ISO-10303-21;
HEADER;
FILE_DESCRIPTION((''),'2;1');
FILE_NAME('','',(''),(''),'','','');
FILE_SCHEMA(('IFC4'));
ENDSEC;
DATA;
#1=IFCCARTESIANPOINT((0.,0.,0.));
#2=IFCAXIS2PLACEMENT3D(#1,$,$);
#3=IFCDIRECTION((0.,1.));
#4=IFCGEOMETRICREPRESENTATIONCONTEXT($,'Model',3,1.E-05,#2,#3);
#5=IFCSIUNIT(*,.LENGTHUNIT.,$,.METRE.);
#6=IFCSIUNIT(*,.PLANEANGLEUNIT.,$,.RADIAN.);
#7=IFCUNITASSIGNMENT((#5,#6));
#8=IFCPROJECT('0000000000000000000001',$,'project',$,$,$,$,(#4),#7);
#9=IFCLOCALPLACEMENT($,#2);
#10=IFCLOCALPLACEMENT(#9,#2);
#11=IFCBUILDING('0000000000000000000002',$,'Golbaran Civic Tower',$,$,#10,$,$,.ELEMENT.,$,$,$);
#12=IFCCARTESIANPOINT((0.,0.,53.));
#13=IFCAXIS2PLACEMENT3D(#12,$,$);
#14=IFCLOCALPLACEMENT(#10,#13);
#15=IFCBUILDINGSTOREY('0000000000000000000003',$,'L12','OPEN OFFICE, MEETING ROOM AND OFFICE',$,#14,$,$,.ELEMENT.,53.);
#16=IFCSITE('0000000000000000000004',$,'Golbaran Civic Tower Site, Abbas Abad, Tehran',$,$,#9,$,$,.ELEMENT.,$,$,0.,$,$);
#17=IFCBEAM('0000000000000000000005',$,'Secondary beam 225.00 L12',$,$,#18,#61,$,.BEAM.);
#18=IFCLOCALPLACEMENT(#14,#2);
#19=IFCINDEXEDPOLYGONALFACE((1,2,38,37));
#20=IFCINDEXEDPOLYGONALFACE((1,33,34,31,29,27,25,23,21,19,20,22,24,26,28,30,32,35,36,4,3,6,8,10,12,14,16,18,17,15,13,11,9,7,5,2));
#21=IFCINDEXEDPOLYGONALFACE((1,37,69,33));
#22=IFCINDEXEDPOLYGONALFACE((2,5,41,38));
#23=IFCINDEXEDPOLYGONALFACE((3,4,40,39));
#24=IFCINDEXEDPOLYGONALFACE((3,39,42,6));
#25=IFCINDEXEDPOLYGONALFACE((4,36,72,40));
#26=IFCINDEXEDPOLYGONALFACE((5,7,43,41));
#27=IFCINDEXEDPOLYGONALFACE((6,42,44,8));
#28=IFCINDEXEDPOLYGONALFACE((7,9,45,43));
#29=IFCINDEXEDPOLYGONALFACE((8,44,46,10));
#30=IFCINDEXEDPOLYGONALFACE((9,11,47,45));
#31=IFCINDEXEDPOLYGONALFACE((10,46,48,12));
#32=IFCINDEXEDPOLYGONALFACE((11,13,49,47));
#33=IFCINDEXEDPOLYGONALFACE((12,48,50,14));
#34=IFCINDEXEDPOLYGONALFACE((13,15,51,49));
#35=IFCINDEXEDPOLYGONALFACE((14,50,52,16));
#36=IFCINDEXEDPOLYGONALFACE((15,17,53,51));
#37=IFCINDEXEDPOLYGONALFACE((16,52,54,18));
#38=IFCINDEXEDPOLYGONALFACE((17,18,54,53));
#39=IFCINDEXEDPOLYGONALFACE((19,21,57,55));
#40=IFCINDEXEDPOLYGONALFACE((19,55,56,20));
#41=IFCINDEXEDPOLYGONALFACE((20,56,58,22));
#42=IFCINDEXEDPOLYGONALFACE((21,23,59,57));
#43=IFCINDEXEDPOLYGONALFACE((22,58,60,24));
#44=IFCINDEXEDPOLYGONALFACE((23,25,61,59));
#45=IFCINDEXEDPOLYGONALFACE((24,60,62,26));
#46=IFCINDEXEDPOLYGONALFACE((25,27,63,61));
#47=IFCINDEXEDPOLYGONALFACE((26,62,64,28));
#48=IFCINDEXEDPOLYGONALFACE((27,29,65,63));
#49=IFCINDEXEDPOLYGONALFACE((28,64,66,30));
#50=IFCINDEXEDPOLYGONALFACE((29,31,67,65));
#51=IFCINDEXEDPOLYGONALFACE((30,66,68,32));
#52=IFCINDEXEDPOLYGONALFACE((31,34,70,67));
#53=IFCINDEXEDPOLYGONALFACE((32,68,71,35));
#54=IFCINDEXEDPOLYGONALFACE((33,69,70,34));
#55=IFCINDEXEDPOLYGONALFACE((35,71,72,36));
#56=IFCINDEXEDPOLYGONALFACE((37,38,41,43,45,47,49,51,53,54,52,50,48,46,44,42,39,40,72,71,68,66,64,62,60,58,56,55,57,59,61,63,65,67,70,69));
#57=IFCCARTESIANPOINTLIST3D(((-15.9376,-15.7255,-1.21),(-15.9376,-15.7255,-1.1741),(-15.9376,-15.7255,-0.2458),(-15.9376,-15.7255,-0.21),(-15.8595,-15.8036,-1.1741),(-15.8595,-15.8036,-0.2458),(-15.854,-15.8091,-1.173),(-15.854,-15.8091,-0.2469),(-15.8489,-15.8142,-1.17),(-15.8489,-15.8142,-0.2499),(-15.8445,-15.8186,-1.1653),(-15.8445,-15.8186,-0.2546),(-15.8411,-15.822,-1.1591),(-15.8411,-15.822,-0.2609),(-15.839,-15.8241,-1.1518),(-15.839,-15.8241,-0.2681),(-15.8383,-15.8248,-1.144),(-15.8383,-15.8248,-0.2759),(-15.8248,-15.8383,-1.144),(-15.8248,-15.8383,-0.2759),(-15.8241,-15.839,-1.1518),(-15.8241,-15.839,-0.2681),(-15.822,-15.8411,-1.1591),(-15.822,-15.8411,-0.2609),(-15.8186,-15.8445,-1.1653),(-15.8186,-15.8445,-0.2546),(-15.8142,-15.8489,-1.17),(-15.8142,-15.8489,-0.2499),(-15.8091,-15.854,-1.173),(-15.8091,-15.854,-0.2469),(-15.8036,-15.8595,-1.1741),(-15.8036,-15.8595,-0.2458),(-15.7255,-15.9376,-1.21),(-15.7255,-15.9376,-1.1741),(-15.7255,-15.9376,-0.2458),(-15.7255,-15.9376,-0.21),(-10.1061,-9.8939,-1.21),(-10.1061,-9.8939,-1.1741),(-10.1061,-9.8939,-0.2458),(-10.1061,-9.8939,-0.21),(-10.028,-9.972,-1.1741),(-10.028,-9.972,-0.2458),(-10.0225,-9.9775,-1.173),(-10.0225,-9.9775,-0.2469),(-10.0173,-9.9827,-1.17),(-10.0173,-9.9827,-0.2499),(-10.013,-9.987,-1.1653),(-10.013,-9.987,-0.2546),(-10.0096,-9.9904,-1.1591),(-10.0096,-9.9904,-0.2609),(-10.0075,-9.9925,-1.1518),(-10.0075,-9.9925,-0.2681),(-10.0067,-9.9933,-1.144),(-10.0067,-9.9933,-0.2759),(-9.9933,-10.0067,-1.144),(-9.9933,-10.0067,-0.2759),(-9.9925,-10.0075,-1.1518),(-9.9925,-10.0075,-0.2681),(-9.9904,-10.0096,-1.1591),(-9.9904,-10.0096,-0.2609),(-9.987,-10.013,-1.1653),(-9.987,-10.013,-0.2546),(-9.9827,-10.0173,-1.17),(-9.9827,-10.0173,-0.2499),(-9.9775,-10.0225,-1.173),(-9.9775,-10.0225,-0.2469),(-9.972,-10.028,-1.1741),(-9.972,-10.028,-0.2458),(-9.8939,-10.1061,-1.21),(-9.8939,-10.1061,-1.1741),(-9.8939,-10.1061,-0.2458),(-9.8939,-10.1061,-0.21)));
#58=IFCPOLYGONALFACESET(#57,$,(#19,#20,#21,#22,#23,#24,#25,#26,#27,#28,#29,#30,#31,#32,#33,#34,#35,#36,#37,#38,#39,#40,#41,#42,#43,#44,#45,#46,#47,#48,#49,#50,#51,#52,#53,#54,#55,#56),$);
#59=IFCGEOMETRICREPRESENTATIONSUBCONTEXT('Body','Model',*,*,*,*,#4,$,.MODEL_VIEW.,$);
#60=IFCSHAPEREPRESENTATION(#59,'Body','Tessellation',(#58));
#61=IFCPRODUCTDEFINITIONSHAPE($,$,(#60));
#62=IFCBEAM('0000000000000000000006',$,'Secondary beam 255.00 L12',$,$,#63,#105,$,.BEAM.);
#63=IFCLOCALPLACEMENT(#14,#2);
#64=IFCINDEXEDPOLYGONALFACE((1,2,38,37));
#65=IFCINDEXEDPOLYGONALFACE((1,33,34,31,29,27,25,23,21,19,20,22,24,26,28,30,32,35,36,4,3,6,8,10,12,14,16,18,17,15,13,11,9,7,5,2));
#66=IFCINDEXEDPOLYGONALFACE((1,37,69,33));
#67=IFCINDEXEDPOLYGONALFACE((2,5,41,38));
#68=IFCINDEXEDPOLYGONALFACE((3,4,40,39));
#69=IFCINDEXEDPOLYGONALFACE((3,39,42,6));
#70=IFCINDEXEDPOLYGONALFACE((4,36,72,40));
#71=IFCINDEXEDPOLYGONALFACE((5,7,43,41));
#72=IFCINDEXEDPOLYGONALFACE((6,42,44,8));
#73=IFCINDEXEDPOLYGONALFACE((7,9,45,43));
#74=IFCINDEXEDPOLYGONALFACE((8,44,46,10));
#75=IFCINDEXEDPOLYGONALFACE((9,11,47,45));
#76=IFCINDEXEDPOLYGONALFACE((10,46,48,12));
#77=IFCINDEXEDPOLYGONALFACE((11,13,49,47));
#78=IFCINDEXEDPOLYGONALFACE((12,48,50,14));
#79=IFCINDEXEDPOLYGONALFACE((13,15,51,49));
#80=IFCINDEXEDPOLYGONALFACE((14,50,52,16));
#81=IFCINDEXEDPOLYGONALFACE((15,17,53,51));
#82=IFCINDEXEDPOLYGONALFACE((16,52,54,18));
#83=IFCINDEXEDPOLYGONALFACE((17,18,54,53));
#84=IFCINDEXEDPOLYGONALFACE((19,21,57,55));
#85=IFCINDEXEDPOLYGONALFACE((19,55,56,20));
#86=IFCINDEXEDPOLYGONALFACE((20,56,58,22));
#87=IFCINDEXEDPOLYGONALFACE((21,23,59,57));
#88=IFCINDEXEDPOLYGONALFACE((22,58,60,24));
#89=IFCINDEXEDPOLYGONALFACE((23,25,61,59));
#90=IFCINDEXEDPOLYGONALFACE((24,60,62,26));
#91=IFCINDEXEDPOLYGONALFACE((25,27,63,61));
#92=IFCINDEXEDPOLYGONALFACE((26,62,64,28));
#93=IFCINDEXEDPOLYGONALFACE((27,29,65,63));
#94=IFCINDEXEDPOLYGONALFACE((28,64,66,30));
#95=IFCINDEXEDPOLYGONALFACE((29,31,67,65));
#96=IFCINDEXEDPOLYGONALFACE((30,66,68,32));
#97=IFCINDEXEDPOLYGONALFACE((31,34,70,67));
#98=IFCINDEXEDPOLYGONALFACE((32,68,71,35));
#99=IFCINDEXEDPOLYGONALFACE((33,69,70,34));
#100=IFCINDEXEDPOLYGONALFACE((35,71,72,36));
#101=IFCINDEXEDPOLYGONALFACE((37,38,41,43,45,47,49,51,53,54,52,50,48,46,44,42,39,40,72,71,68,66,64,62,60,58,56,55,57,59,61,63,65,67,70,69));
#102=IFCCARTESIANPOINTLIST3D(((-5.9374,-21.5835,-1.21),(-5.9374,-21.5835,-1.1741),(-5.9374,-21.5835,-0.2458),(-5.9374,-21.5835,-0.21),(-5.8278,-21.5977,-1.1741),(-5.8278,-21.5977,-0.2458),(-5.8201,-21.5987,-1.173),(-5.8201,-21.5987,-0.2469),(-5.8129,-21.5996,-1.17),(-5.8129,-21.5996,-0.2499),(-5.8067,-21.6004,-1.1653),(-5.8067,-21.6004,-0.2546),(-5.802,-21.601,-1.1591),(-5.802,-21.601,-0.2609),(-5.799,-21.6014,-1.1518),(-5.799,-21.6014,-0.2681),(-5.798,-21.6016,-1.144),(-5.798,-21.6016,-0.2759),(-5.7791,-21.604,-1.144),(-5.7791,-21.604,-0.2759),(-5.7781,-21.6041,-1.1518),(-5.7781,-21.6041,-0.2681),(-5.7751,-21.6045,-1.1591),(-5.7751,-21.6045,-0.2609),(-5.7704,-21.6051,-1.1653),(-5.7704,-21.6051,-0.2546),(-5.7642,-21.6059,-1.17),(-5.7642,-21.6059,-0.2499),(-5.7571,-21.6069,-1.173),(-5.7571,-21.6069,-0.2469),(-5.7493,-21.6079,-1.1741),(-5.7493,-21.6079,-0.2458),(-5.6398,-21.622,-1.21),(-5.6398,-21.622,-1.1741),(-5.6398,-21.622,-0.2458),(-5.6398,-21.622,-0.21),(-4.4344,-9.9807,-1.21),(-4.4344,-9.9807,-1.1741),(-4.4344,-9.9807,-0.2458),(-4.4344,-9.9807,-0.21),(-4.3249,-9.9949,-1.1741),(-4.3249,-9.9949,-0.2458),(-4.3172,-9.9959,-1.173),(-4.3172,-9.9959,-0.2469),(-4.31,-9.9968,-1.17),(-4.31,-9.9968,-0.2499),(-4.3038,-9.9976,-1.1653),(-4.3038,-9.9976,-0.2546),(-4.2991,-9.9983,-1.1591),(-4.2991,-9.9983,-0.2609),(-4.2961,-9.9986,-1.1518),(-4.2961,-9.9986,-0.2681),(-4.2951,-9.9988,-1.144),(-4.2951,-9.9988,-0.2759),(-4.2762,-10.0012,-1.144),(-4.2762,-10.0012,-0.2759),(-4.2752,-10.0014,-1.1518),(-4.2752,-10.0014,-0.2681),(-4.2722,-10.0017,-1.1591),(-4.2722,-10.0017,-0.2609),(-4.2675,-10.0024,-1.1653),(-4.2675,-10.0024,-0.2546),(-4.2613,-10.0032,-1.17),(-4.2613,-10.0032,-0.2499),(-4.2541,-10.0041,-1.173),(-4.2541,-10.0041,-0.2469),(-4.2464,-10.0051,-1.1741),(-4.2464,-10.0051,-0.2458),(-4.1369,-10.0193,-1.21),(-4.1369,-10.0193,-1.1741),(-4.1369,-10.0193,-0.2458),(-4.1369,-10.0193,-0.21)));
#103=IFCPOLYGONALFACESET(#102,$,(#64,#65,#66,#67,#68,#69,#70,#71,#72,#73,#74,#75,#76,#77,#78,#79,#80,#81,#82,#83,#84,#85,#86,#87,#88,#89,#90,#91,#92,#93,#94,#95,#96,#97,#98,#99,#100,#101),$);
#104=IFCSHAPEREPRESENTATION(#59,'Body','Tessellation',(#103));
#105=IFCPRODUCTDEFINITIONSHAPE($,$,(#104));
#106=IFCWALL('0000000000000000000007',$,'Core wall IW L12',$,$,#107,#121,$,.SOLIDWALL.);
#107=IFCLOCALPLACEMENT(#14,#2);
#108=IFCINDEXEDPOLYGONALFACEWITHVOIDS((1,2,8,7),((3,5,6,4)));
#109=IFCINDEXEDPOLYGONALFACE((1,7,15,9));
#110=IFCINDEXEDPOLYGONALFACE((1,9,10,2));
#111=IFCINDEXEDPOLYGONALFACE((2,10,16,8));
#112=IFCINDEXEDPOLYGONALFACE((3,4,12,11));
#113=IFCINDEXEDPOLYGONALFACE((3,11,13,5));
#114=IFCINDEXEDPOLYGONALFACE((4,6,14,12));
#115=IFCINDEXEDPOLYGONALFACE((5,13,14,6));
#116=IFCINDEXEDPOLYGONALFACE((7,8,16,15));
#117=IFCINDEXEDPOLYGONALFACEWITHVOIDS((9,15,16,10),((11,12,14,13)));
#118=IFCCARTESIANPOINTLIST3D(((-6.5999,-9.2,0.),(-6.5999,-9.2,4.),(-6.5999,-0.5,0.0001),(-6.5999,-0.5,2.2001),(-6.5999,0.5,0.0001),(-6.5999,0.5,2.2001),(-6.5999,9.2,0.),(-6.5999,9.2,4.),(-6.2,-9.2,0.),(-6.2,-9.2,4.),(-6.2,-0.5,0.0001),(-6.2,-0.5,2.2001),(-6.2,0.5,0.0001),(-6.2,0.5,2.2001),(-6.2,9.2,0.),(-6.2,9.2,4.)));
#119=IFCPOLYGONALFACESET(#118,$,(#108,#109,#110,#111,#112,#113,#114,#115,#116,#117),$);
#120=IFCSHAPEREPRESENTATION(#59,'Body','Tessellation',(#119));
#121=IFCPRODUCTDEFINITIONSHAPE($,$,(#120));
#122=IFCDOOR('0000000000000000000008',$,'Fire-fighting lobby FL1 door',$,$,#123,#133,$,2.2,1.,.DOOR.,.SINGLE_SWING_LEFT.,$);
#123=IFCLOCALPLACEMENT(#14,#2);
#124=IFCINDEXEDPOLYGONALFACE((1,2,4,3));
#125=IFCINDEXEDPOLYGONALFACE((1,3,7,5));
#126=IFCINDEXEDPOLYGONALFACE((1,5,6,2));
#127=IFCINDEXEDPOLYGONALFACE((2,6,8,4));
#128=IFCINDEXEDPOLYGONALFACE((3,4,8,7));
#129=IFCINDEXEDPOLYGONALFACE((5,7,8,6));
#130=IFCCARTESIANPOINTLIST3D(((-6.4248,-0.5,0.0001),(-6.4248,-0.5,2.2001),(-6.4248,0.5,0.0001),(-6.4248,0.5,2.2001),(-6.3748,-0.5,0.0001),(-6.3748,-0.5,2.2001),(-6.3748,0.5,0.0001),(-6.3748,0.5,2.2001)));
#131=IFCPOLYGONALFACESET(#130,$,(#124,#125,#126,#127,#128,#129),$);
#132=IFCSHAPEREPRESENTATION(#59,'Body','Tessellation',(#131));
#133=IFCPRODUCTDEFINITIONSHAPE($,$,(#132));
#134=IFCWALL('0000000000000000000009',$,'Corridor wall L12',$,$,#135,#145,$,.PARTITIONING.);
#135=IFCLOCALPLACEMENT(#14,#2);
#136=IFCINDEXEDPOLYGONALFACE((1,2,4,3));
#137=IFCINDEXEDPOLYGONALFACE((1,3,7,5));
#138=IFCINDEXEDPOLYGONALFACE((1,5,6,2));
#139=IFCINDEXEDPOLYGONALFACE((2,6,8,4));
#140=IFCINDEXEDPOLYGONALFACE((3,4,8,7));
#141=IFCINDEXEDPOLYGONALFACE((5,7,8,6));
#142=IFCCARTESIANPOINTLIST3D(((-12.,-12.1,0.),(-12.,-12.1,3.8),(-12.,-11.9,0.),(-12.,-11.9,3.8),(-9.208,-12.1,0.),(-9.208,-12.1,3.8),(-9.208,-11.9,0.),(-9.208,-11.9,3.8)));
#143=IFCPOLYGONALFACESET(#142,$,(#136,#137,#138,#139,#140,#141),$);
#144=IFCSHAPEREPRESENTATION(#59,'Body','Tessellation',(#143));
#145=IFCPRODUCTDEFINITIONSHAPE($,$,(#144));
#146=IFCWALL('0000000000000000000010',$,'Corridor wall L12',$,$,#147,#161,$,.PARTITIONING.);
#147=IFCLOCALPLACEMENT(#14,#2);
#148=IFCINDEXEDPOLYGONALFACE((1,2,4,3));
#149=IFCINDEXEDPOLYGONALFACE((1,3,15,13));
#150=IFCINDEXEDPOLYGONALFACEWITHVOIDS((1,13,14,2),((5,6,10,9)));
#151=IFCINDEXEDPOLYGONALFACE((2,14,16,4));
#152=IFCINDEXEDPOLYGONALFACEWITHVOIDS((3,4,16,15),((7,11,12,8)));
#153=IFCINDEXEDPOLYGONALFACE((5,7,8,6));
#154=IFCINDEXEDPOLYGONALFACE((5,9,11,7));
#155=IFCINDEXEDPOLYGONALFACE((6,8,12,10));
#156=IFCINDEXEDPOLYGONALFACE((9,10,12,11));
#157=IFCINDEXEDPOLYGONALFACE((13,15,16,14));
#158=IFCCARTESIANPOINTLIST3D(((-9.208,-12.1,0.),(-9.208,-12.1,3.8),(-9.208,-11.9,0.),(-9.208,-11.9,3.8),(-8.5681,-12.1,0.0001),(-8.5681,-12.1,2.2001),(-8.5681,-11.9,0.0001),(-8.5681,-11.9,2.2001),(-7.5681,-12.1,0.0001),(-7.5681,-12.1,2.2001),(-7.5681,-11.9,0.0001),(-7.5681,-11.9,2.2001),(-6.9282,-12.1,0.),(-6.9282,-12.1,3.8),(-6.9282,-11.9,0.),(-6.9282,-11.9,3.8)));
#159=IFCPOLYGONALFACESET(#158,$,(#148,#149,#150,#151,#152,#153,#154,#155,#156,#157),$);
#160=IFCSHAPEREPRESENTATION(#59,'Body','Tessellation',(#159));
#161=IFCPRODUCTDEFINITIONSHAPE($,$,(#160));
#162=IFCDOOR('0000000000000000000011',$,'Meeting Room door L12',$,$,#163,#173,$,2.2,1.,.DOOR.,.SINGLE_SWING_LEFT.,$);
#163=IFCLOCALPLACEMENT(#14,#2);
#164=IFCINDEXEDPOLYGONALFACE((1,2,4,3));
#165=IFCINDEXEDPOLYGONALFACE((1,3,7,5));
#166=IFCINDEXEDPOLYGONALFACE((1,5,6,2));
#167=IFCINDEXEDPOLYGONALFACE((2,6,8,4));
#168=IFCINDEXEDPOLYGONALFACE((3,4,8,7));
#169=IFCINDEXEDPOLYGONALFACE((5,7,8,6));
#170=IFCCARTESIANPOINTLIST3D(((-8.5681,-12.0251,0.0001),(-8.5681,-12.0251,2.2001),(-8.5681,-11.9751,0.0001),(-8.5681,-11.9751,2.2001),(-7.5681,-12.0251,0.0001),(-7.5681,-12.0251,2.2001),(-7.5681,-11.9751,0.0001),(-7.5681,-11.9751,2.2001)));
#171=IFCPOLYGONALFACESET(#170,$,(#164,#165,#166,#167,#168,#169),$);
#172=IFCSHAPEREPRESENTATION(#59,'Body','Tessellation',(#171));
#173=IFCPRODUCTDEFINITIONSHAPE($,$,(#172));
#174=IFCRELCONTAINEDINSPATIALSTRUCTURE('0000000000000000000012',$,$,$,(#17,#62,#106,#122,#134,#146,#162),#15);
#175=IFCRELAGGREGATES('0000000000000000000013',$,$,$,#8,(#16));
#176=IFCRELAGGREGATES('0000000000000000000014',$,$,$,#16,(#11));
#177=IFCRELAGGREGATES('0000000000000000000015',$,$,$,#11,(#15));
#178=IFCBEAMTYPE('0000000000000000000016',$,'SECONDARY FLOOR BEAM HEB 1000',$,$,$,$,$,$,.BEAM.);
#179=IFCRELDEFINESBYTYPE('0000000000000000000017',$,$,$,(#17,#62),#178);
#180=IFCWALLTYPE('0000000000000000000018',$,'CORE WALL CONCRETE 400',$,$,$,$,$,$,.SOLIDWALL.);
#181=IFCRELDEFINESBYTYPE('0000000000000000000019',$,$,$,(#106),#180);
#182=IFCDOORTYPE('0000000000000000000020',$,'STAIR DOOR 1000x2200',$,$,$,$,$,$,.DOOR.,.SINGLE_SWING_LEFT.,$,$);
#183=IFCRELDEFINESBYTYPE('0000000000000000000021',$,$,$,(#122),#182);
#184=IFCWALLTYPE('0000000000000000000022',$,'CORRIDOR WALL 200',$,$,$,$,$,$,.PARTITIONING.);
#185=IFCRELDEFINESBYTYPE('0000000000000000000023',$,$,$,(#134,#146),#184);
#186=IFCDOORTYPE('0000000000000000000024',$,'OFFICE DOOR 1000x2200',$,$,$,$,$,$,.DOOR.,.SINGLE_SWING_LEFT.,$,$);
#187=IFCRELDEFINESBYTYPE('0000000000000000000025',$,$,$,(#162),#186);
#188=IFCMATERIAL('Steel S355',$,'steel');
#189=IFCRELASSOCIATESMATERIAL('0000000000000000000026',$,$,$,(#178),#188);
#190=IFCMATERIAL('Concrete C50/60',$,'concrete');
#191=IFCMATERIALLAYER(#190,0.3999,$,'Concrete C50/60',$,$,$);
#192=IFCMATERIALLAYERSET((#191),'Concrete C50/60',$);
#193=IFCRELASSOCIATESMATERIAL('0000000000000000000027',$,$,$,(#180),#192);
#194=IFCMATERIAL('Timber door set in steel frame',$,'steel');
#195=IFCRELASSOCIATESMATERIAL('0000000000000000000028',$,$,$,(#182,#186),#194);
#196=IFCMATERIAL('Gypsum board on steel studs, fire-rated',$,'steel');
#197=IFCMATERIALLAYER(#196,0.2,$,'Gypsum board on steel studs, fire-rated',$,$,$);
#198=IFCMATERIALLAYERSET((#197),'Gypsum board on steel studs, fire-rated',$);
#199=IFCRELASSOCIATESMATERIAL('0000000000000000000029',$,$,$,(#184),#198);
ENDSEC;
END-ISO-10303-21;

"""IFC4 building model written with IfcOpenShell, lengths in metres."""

from ifc_helpers import new_model, si_unit, direction, frame, frame_2d, origin, origin_2d, place, context, subcontext, project, spatial, rectangle, i_section, extrude, material, layer, layer_set, material_profile, profile_set, type_object, element, fill, save


model = new_model("IFC4")

# Units and contexts
model_context = context("Model", 3, precision=1e-05, world=origin(), true_north=direction((0.0, 1.0)))
body_context = subcontext(model_context, "Body", "Model", "MODEL_VIEW")
ifc_project = project(units=[si_unit("LENGTHUNIT", "METRE"), si_unit("PLANEANGLEUNIT", "RADIAN")], contexts=[model_context])

# Site, building, storey
site_placement = place(None, origin())
site = spatial("IfcSite", under=ifc_project, at=site_placement, Name="Golbaran Civic Tower Site, Abbas Abad, Tehran", CompositionType="ELEMENT", RefElevation=0.0)
building_placement = place(site_placement, origin())
building = spatial("IfcBuilding", under=site, at=building_placement, Name="Golbaran Civic Tower", CompositionType="ELEMENT")
storey_placement = place(building_placement, frame((0.0, 0.0, 53.0)))
storey = spatial("IfcBuildingStorey", under=building, at=storey_placement, Name="L12", Description="OPEN OFFICE, MEETING ROOM AND OFFICE", CompositionType="ELEMENT", Elevation=53.0)

# Beams
ifc_material_1 = material(Name="Steel S355", Category="steel")
ifc_material_profile_1 = material_profile(ifc_material_1, i_section(OverallWidth=0.3, OverallDepth=1.0, WebThickness=0.019, FlangeThickness=0.0359, FilletRadius=0.03, at=origin_2d()), Name="HEB 1000")
ifc_profile_set_1 = profile_set([ifc_material_profile_1], Name="Steel S355")
beam_type_1 = type_object("IfcBeamType", Name="SECONDARY FLOOR BEAM HEB 1000", PredefinedType="BEAM", material=ifc_profile_set_1)
beam_1_placement = place(storey_placement, frame((-10.0, -10.0, -0.71), z_axis=(-0.707107, -0.707107, 0.0), x_axis=(0.707107, -0.707107, 0.0)))
element("IfcBeam", 1, at=beam_1_placement, inside=storey, type_object=beam_type_1, Name="Secondary beam 225.00 L12", PredefinedType="BEAM", context=body_context, shape_type="SweptSolid", body=[
    extrude(i_section(OverallWidth=0.3, OverallDepth=1.0, WebThickness=0.019, FlangeThickness=0.0359, FilletRadius=0.03, at=origin_2d()), origin(), (0.0, 0.0, 1.0), 8.2471),
])
beam_2_placement = place(storey_placement, frame((-4.2856, -10.0, -0.71), z_axis=(-0.128459, -0.991715, 0.0), x_axis=(0.991715, -0.128459, 0.0)))
element("IfcBeam", 2, at=beam_2_placement, inside=storey, type_object=beam_type_1, Name="Secondary beam 255.00 L12", PredefinedType="BEAM", context=body_context, shape_type="SweptSolid", body=[
    extrude(i_section(OverallWidth=0.3, OverallDepth=1.0, WebThickness=0.019, FlangeThickness=0.0359, FilletRadius=0.03, at=origin_2d()), origin(), (0.0, 0.0, 1.0), 11.6997),
])

# Wall, opening, door
ifc_material_2 = material(Name="Concrete C50/60", Category="concrete")
ifc_layer_1 = layer(ifc_material_2, 0.3999, Name="Concrete C50/60")
ifc_layer_set_1 = layer_set([ifc_layer_1], Name="Concrete C50/60")
wall_type_1 = type_object("IfcWallType", Name="CORE WALL CONCRETE 400", PredefinedType="SOLIDWALL", material=ifc_layer_set_1)
wall_1_placement = place(storey_placement, frame((-6.3999, -9.2, 0.0), z_axis=(0.0, 0.0, 1.0), x_axis=(0.0, 1.0, 0.0)))
wall_1 = element("IfcWall", 3, at=wall_1_placement, inside=storey, type_object=wall_type_1, Name="Core wall IW L12", PredefinedType="SOLIDWALL", context=body_context, shape_type="SweptSolid", body=[
    extrude(rectangle(XDim=18.3999, YDim=0.3999, at=frame_2d((9.2, 0.0))), origin(), (0.0, 0.0, 1.0), 4.0),
])
opening_1_placement = place(wall_1_placement, frame((8.7, 0.0, 0.0)))
opening_1 = element("IfcOpeningElement", 4, at=opening_1_placement, cuts=wall_1, PredefinedType="OPENING", context=body_context, shape_type="SweptSolid", body=[
    extrude(rectangle(XDim=1.0, YDim=2.2, at=frame_2d((0.5, 1.1001))), frame((0.0, 0.21, 0.0), z_axis=(0.0, -1.0, 0.0), x_axis=(1.0, 0.0, 0.0)), (0.0, 0.0, 1.0), 0.4199),
])
ifc_material_3 = material(Name="Timber door set in steel frame", Category="steel")
door_type_1 = type_object("IfcDoorType", Name="STAIR DOOR 1000x2200", OperationType="SINGLE_SWING_LEFT", PredefinedType="DOOR", material=ifc_material_3)
door_1_placement = place(opening_1_placement, origin())
door_1 = element("IfcDoor", 5, at=door_1_placement, inside=storey, type_object=door_type_1, Name="Fire-fighting lobby FL1 door", OperationType="SINGLE_SWING_LEFT", OverallHeight=2.2, OverallWidth=1.0, PredefinedType="DOOR", context=body_context, shape_type="SweptSolid", body=[
    extrude(rectangle(XDim=1.0, YDim=2.2, at=frame_2d((0.5, 1.1001))), frame((0.0, 0.0249, 0.0), z_axis=(0.0, -1.0, 0.0), x_axis=(1.0, 0.0, 0.0)), (0.0, 0.0, 1.0), 0.05),
])
fill(opening_1, door_1)

# Wall
ifc_material_4 = material(Name="Gypsum board on steel studs, fire-rated", Category="steel")
ifc_layer_2 = layer(ifc_material_4, 0.2, Name="Gypsum board on steel studs, fire-rated")
ifc_layer_set_2 = layer_set([ifc_layer_2], Name="Gypsum board on steel studs, fire-rated")
wall_type_2 = type_object("IfcWallType", Name="CORRIDOR WALL 200", PredefinedType="PARTITIONING", material=ifc_layer_set_2)
wall_2_placement = place(storey_placement, frame((-12.0, -12.0, 0.0), z_axis=(0.0, 0.0, 1.0), x_axis=(1.0, 0.0, 0.0)))
element("IfcWall", 6, at=wall_2_placement, inside=storey, type_object=wall_type_2, Name="Corridor wall L12", PredefinedType="PARTITIONING", context=body_context, shape_type="SweptSolid", body=[
    extrude(rectangle(XDim=2.792, YDim=0.2, at=frame_2d((1.396, 0.0))), origin(), (0.0, 0.0, 1.0), 3.8),
])

# Wall, opening, door
wall_3_placement = place(storey_placement, frame((-9.208, -12.0, 0.0), z_axis=(0.0, 0.0, 1.0), x_axis=(1.0, 0.0, 0.0)))
wall_3 = element("IfcWall", 7, at=wall_3_placement, inside=storey, type_object=wall_type_2, Name="Corridor wall L12", PredefinedType="PARTITIONING", context=body_context, shape_type="SweptSolid", body=[
    extrude(rectangle(XDim=2.2798, YDim=0.2, at=frame_2d((1.1399, 0.0))), origin(), (0.0, 0.0, 1.0), 3.8),
])
opening_2_placement = place(wall_3_placement, frame((0.6399, 0.0, 0.0)))
opening_2 = element("IfcOpeningElement", 8, at=opening_2_placement, cuts=wall_3, PredefinedType="OPENING", context=body_context, shape_type="SweptSolid", body=[
    extrude(rectangle(XDim=1.0, YDim=2.2, at=frame_2d((0.5, 1.1001))), frame((0.0, 0.1099, 0.0), z_axis=(0.0, -1.0, 0.0), x_axis=(1.0, 0.0, 0.0)), (0.0, 0.0, 1.0), 0.22),
])
door_type_2 = type_object("IfcDoorType", Name="OFFICE DOOR 1000x2200", OperationType="SINGLE_SWING_LEFT", PredefinedType="DOOR", material=ifc_material_3)
door_2_placement = place(opening_2_placement, origin())
door_2 = element("IfcDoor", 9, at=door_2_placement, inside=storey, type_object=door_type_2, Name="Meeting Room door L12", OperationType="SINGLE_SWING_LEFT", OverallHeight=2.2, OverallWidth=1.0, PredefinedType="DOOR", context=body_context, shape_type="SweptSolid", body=[
    extrude(rectangle(XDim=1.0, YDim=2.2, at=frame_2d((0.5, 1.1001))), frame((0.0, 0.0249, 0.0), z_axis=(0.0, -1.0, 0.0), x_axis=(1.0, 0.0, 0.0)), (0.0, 0.0, 1.0), 0.05),
])
fill(opening_2, door_2)

save(model, "model.ifc")
